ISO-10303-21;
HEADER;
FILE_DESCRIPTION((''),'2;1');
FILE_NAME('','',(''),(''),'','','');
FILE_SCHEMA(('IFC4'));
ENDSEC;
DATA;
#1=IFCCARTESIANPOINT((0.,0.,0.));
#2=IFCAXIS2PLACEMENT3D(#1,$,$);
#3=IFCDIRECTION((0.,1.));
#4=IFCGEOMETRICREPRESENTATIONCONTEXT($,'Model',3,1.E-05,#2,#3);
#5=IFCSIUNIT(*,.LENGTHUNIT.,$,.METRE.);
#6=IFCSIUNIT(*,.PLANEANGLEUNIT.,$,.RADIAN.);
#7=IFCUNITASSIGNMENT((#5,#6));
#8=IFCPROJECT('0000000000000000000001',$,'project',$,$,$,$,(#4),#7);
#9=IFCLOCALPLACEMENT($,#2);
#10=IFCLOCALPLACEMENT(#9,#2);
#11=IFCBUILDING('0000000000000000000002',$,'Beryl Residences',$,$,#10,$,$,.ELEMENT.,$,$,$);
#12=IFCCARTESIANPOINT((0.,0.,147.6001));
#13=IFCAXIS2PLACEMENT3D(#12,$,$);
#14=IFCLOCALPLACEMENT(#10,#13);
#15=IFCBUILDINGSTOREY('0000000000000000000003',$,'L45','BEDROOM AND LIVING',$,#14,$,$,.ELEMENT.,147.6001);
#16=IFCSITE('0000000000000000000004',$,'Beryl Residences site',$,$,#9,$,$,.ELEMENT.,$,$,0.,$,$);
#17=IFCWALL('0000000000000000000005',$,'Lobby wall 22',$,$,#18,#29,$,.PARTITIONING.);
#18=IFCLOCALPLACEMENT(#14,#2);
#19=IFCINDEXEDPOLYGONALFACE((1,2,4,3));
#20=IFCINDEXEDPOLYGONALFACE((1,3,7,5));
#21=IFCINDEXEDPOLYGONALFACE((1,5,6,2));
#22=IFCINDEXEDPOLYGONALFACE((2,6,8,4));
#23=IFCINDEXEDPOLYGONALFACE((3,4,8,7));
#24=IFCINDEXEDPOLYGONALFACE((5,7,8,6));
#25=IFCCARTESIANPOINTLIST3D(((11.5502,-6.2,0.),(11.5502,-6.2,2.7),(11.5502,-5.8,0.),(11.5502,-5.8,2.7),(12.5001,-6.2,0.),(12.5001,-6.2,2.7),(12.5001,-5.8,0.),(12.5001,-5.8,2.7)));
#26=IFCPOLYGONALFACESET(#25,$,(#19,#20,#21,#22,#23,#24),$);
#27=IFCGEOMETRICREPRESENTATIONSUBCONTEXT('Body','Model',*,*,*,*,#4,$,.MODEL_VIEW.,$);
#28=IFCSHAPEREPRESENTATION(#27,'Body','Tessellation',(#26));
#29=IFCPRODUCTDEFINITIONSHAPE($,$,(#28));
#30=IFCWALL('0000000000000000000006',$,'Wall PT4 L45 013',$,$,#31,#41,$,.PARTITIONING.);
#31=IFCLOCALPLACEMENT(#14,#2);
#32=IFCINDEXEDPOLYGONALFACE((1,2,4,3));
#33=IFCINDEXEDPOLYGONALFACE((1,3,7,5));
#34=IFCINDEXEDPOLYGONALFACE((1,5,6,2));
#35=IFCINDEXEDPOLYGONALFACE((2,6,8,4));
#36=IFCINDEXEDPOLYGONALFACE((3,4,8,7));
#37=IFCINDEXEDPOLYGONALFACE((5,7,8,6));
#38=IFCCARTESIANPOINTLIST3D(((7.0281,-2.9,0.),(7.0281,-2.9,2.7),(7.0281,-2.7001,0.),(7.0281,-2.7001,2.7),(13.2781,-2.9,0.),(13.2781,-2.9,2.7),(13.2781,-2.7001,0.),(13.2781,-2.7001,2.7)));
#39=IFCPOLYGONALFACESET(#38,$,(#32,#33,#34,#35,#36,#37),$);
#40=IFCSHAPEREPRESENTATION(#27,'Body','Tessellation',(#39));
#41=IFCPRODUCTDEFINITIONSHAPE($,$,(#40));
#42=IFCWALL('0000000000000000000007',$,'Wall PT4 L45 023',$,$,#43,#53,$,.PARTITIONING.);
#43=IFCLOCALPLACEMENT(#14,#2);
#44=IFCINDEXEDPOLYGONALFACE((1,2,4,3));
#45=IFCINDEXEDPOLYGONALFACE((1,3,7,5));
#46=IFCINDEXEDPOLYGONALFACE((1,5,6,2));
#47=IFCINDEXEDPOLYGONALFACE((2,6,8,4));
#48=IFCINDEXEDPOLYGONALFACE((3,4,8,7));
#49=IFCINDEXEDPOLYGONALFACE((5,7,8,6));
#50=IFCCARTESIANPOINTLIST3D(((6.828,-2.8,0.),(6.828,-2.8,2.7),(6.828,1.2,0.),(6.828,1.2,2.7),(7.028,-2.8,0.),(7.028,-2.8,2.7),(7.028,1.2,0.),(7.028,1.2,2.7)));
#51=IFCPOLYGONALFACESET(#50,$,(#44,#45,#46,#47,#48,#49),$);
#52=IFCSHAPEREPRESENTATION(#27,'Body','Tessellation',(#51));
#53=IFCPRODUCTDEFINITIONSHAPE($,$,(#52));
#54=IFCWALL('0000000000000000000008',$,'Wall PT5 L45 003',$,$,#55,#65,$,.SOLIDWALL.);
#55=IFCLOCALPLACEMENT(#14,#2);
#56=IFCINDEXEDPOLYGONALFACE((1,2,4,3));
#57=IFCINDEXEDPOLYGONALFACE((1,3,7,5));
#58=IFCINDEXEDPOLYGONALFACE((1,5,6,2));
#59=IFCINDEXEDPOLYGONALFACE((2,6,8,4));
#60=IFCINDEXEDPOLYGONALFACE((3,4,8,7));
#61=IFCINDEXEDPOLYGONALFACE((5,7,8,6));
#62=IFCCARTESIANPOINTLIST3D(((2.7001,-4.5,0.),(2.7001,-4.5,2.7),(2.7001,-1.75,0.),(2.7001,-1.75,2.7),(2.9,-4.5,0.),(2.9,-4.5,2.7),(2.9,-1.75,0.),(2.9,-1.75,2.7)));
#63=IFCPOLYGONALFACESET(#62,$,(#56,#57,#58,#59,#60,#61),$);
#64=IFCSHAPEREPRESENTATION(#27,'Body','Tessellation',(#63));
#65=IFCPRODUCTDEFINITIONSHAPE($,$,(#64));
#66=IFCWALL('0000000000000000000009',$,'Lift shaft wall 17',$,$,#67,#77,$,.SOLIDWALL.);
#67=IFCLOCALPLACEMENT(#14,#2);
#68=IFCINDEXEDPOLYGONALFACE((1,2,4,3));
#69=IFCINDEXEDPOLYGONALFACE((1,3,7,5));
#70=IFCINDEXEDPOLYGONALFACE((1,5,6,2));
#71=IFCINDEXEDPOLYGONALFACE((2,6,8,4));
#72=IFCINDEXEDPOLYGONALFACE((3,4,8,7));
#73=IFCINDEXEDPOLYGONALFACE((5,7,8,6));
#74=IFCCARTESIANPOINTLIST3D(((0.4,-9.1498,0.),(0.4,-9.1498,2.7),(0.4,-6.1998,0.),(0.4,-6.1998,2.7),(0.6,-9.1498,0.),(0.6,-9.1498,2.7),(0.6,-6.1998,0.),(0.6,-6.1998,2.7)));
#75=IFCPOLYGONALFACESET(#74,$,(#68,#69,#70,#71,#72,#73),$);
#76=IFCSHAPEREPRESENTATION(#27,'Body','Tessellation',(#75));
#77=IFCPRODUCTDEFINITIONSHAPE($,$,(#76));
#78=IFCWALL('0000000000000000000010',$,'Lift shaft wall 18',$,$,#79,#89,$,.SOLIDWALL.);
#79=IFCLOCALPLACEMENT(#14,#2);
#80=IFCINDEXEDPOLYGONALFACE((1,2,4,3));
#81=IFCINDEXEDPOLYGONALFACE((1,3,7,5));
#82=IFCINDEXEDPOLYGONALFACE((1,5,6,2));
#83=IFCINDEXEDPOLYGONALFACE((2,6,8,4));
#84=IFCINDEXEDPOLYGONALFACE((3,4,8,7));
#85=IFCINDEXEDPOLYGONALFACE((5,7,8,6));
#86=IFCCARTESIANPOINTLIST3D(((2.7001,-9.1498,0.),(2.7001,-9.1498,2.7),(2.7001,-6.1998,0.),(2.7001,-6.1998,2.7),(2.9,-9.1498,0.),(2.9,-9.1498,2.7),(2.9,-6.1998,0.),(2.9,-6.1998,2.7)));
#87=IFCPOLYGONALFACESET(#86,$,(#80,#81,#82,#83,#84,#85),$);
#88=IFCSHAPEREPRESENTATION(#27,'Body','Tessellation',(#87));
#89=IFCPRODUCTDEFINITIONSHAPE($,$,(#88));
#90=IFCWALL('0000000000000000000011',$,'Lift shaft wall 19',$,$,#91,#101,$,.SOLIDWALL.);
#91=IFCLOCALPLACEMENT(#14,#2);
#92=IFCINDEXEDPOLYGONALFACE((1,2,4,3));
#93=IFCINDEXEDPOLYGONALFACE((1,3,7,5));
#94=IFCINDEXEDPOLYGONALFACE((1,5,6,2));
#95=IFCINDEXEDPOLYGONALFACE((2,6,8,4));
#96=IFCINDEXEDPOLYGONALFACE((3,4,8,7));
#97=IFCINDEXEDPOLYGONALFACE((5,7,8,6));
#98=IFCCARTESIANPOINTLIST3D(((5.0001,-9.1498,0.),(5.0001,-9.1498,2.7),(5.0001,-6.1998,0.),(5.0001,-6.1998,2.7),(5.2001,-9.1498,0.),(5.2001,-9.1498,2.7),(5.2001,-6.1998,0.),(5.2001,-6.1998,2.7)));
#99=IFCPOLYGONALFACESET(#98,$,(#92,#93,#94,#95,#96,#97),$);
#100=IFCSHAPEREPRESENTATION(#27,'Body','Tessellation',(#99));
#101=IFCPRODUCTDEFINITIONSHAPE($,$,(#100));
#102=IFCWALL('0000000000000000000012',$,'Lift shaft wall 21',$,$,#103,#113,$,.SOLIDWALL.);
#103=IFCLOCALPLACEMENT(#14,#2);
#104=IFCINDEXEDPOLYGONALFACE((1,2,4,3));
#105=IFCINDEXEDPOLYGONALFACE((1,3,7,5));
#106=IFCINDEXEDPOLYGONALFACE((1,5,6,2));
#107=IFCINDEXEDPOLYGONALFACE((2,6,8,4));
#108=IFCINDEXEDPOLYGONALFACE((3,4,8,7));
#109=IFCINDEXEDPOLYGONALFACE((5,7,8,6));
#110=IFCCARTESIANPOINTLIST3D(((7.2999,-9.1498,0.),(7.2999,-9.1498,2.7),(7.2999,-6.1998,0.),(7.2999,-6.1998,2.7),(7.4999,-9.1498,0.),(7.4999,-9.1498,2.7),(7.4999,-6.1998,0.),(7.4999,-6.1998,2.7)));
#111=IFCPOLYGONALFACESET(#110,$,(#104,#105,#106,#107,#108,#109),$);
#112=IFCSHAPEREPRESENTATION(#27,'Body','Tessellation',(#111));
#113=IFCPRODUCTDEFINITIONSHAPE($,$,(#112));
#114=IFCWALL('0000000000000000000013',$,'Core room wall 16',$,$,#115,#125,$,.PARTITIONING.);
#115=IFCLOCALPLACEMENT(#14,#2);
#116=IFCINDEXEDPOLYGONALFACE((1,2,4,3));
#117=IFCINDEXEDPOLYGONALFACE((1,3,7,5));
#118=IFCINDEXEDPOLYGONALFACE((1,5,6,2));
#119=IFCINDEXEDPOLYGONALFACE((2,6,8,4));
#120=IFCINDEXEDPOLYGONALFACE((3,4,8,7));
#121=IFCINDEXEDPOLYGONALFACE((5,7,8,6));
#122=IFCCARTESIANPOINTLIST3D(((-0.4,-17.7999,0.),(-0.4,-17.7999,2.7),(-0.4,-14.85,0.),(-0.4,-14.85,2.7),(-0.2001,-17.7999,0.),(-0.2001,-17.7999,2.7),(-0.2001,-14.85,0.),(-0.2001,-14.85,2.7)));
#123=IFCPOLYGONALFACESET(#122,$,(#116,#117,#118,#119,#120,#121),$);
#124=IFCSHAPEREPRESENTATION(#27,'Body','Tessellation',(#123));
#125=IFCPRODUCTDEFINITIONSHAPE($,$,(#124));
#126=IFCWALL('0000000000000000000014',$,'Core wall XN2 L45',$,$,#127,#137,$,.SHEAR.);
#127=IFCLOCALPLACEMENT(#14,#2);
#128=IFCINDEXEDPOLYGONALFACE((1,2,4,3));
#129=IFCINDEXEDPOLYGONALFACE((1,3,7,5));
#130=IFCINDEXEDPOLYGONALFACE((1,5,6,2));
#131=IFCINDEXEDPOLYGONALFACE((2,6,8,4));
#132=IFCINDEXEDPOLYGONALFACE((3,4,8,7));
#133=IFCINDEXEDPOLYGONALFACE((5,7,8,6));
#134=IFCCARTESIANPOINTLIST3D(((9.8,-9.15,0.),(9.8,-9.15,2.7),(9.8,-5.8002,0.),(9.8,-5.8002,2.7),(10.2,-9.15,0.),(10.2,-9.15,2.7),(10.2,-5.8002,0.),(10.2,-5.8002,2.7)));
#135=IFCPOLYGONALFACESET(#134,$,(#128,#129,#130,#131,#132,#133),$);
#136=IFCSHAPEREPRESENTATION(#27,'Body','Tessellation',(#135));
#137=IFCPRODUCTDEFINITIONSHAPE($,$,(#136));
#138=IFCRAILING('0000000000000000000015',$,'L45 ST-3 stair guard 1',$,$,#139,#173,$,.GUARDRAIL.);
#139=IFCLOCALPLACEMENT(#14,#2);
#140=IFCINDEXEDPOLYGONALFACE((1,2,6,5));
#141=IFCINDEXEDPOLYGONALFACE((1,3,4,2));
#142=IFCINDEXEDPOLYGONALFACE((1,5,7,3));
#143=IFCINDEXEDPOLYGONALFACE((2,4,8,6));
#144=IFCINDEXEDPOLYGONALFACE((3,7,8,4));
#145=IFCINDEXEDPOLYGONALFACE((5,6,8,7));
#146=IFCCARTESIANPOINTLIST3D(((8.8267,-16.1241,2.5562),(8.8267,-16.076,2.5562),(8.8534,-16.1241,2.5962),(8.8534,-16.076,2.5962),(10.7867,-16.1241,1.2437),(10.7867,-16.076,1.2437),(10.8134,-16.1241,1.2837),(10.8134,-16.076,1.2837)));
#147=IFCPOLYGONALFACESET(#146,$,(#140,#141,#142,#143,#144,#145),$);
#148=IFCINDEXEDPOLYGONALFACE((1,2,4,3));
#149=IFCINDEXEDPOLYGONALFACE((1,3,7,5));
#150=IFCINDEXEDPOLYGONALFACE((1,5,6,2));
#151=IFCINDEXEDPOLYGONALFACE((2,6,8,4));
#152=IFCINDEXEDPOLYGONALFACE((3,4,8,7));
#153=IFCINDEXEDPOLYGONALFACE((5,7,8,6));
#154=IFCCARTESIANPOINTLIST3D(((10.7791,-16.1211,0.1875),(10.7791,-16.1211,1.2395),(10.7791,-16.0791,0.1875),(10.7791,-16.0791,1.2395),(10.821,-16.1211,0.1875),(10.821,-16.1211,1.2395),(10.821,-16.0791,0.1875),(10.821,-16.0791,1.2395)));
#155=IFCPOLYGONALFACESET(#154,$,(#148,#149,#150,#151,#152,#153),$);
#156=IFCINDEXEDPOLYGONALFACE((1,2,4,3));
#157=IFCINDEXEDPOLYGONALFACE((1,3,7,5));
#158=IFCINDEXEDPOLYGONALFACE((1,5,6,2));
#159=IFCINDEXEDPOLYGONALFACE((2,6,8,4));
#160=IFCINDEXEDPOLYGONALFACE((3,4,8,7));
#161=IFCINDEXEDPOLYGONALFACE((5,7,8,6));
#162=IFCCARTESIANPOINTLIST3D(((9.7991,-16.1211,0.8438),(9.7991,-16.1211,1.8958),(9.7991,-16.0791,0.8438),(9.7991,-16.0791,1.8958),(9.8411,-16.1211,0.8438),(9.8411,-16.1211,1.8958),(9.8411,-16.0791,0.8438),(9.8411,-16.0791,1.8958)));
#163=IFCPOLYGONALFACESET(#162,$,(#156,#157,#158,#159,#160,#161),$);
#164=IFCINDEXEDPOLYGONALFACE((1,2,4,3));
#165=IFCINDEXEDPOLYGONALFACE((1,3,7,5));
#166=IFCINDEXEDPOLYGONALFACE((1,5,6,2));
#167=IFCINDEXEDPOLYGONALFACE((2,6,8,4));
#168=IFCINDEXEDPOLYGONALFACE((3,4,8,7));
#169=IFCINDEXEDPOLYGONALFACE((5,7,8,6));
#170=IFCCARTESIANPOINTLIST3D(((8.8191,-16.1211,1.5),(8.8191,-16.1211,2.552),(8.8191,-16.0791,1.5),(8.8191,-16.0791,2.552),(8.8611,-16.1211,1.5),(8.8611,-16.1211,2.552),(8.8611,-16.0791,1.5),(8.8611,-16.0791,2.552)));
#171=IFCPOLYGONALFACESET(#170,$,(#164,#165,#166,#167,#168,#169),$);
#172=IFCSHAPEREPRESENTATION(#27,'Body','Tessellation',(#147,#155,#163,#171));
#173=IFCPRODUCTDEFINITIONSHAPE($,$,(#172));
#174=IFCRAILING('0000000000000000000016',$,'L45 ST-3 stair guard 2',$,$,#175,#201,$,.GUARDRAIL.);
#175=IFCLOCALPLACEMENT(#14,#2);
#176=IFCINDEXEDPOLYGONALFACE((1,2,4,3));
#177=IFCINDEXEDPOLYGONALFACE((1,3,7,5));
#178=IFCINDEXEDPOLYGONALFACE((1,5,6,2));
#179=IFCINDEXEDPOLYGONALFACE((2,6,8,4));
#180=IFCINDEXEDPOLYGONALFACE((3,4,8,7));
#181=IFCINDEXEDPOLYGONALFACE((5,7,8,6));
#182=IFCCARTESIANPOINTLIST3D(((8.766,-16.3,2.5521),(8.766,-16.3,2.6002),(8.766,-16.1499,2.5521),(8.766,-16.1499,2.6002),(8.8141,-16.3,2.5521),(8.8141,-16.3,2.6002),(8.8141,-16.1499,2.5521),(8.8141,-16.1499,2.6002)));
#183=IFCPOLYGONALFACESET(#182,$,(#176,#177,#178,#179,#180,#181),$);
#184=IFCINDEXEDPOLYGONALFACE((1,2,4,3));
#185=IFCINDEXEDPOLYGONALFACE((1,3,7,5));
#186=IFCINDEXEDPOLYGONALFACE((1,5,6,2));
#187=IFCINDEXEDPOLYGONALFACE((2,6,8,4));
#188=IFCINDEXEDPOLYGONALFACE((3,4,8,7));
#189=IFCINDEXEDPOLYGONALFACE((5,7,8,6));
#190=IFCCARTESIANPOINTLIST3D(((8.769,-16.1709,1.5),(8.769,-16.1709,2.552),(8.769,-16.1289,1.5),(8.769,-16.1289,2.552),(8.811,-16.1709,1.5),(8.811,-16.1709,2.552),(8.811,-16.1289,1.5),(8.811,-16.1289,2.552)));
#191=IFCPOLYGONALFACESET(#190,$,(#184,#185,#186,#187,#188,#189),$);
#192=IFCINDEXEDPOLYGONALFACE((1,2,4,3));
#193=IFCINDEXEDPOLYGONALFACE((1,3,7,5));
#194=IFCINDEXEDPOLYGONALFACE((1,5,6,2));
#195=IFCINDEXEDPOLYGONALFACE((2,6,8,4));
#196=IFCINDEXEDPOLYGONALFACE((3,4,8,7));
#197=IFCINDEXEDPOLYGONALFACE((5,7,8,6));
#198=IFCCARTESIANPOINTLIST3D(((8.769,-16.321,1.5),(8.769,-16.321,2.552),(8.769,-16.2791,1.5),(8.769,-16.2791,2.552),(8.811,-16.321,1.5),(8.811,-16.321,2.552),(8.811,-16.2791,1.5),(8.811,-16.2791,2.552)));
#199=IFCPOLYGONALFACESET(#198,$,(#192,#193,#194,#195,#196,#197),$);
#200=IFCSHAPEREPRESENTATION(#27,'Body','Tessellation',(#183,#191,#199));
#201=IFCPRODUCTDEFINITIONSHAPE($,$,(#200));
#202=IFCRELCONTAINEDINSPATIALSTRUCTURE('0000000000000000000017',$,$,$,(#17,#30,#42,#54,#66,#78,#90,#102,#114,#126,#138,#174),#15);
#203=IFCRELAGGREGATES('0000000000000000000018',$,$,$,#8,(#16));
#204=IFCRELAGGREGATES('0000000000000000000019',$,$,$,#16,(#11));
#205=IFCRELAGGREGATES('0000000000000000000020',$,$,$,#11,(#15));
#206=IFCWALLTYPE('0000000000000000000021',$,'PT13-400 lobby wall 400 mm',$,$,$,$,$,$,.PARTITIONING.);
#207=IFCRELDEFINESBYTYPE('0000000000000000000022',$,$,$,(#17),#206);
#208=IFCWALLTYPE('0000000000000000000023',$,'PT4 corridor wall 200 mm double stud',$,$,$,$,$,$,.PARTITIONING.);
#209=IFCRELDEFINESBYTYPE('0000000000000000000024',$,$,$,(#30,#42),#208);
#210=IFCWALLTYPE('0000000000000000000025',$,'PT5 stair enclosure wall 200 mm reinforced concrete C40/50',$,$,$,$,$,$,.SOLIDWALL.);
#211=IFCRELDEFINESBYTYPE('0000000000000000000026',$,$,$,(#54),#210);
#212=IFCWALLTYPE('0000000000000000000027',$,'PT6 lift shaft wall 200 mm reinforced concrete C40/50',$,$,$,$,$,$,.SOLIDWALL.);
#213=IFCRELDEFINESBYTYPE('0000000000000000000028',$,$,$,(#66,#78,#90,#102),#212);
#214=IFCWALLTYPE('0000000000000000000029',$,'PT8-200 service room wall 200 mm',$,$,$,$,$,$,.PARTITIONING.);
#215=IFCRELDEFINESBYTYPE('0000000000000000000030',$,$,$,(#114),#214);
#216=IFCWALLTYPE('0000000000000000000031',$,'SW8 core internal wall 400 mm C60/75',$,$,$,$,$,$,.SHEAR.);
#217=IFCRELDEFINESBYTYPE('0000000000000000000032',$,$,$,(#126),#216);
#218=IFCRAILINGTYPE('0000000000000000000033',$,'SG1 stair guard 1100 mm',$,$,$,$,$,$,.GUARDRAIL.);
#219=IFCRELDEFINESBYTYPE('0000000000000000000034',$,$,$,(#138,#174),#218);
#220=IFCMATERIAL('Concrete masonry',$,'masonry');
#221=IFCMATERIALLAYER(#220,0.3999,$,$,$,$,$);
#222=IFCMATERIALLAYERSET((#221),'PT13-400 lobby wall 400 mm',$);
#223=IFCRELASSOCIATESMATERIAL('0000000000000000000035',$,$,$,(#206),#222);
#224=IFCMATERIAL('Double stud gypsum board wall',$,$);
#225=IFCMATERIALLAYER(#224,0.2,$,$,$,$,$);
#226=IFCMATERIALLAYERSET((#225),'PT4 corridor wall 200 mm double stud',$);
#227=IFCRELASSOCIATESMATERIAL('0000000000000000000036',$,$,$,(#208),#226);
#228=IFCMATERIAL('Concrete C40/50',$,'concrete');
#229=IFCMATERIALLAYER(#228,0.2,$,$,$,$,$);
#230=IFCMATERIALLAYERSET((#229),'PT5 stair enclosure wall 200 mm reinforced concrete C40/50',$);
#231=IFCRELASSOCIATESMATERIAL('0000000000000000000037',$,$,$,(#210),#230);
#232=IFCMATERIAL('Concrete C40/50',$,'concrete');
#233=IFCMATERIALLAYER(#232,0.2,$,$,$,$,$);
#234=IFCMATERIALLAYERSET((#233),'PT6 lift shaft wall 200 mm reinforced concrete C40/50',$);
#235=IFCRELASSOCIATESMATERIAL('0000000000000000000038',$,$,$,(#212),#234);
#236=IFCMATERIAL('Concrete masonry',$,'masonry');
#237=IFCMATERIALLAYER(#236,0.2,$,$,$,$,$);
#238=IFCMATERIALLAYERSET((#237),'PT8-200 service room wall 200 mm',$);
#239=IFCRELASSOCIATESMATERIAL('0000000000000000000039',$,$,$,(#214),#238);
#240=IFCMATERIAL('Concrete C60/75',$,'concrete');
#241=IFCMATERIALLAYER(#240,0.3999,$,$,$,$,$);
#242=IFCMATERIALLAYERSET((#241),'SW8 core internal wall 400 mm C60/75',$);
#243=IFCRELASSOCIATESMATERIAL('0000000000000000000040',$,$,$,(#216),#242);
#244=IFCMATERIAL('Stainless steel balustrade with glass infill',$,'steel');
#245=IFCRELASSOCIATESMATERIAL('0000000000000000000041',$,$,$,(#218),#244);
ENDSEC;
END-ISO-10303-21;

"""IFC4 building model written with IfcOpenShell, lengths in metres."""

from ifc_helpers import new_model, si_unit, direction, frame, frame_2d, origin, origin_2d, place, context, subcontext, project, spatial, rectangle, extrude, material, layer, layer_set, type_object, element, save


model = new_model("IFC4")

# Units and contexts
model_context = context("Model", 3, precision=1e-05, world=origin(), true_north=direction((0.0, 1.0)))
body_context = subcontext(model_context, "Body", "Model", "MODEL_VIEW")
ifc_project = project(units=[si_unit("LENGTHUNIT", "METRE"), si_unit("PLANEANGLEUNIT", "RADIAN")], contexts=[model_context])

# Site, building, storey
site_placement = place(None, origin())
site = spatial("IfcSite", under=ifc_project, at=site_placement, Name="Beryl Residences site", CompositionType="ELEMENT", RefElevation=0.0)
building_placement = place(site_placement, origin())
building = spatial("IfcBuilding", under=site, at=building_placement, Name="Beryl Residences", CompositionType="ELEMENT")
storey_placement = place(building_placement, frame((0.0, 0.0, 147.6001)))
storey = spatial("IfcBuildingStorey", under=building, at=storey_placement, Name="L45", Description="BEDROOM AND LIVING", CompositionType="ELEMENT", Elevation=147.6001)

# Walls
ifc_material_1 = material(Name="Concrete masonry", Category="masonry")
ifc_layer_1 = layer(ifc_material_1, 0.3999)
ifc_layer_set_1 = layer_set([ifc_layer_1], Name="PT13-400 lobby wall 400 mm")
wall_type_1 = type_object("IfcWallType", Name="PT13-400 lobby wall 400 mm", PredefinedType="PARTITIONING", material=ifc_layer_set_1)
wall_1_placement = place(storey_placement, frame((11.55, -6.0, 0.0), z_axis=(0.0, 0.0, 1.0), x_axis=(1.0, 0.0, 0.0)))
element("IfcWall", 1, at=wall_1_placement, inside=storey, type_object=wall_type_1, Name="Lobby wall 22", PredefinedType="PARTITIONING", context=body_context, shape_type="SweptSolid", body=[
    extrude(rectangle(XDim=0.95, YDim=0.3999, at=frame_2d((0.4751, 0.0))), origin(), (0.0, 0.0, 1.0), 2.7),
])
ifc_material_2 = material(Name="Double stud gypsum board wall")
ifc_layer_2 = layer(ifc_material_2, 0.2)
ifc_layer_set_2 = layer_set([ifc_layer_2], Name="PT4 corridor wall 200 mm double stud")
wall_type_2 = type_object("IfcWallType", Name="PT4 corridor wall 200 mm double stud", PredefinedType="PARTITIONING", material=ifc_layer_set_2)
wall_2_placement = place(storey_placement, frame((7.0281, -2.8, 0.0), z_axis=(0.0, 0.0, 1.0), x_axis=(1.0, 0.0, 0.0)))
element("IfcWall", 2, at=wall_2_placement, inside=storey, type_object=wall_type_2, Name="Wall PT4 L45 013", PredefinedType="PARTITIONING", context=body_context, shape_type="SweptSolid", body=[
    extrude(rectangle(XDim=6.25, YDim=0.2, at=frame_2d((3.125, 0.0))), origin(), (0.0, 0.0, 1.0), 2.7),
])
wall_3_placement = place(storey_placement, frame((6.928, -2.8, 0.0), z_axis=(0.0, 0.0, 1.0), x_axis=(0.0, 1.0, 0.0)))
element("IfcWall", 3, at=wall_3_placement, inside=storey, type_object=wall_type_2, Name="Wall PT4 L45 023", PredefinedType="PARTITIONING", context=body_context, shape_type="SweptSolid", body=[
    extrude(rectangle(XDim=4.0, YDim=0.2, at=frame_2d((2.0, 0.0))), origin(), (0.0, 0.0, 1.0), 2.7),
])
ifc_material_3 = material(Name="Concrete C40/50", Category="concrete")
ifc_layer_3 = layer(ifc_material_3, 0.2)
ifc_layer_set_3 = layer_set([ifc_layer_3], Name="PT5 stair enclosure wall 200 mm reinforced concrete C40/50")
wall_type_3 = type_object("IfcWallType", Name="PT5 stair enclosure wall 200 mm reinforced concrete C40/50", PredefinedType="SOLIDWALL", material=ifc_layer_set_3)
wall_4_placement = place(storey_placement, frame((2.8, -4.5, 0.0), z_axis=(0.0, 0.0, 1.0), x_axis=(0.0, 1.0, 0.0)))
element("IfcWall", 4, at=wall_4_placement, inside=storey, type_object=wall_type_3, Name="Wall PT5 L45 003", PredefinedType="SOLIDWALL", context=body_context, shape_type="SweptSolid", body=[
    extrude(rectangle(XDim=2.75, YDim=0.2, at=frame_2d((1.375, 0.0))), origin(), (0.0, 0.0, 1.0), 2.7),
])
ifc_material_4 = material(Name="Concrete C40/50", Category="concrete")
ifc_layer_4 = layer(ifc_material_4, 0.2)
ifc_layer_set_4 = layer_set([ifc_layer_4], Name="PT6 lift shaft wall 200 mm reinforced concrete C40/50")
wall_type_4 = type_object("IfcWallType", Name="PT6 lift shaft wall 200 mm reinforced concrete C40/50", PredefinedType="SOLIDWALL", material=ifc_layer_set_4)
for number, where, z_axis, x_axis, name in (
    (5, (0.5, -9.1499, 0.0), (0.0, 0.0, 1.0), (0.0, 1.0, 0.0), "Lift shaft wall 17"),
    (6, (2.8, -9.1499, 0.0), (0.0, 0.0, 1.0), (0.0, 1.0, 0.0), "Lift shaft wall 18"),
    (7, (5.1001, -9.1499, 0.0), (0.0, 0.0, 1.0), (0.0, 1.0, 0.0), "Lift shaft wall 19"),
    (8, (7.3999, -9.1499, 0.0), (0.0, 0.0, 1.0), (0.0, 1.0, 0.0), "Lift shaft wall 21"),
):
    element("IfcWall", number, at=place(storey_placement, frame(where, z_axis=z_axis, x_axis=x_axis)), inside=storey, type_object=wall_type_4, Name=name, PredefinedType="SOLIDWALL", context=body_context, shape_type="SweptSolid", body=[
        extrude(rectangle(XDim=2.95, YDim=0.2, at=frame_2d((1.4751, 0.0))), origin(), (0.0, 0.0, 1.0), 2.7),
    ])
ifc_material_5 = material(Name="Concrete masonry", Category="masonry")
ifc_layer_5 = layer(ifc_material_5, 0.2)
ifc_layer_set_5 = layer_set([ifc_layer_5], Name="PT8-200 service room wall 200 mm")
wall_type_5 = type_object("IfcWallType", Name="PT8-200 service room wall 200 mm", PredefinedType="PARTITIONING", material=ifc_layer_set_5)
wall_5_placement = place(storey_placement, frame((-0.3, -17.8, 0.0), z_axis=(0.0, 0.0, 1.0), x_axis=(0.0, 1.0, 0.0)))
element("IfcWall", 9, at=wall_5_placement, inside=storey, type_object=wall_type_5, Name="Core room wall 16", PredefinedType="PARTITIONING", context=body_context, shape_type="SweptSolid", body=[
    extrude(rectangle(XDim=2.95, YDim=0.2, at=frame_2d((1.4751, 0.0))), origin(), (0.0, 0.0, 1.0), 2.7),
])
ifc_material_6 = material(Name="Concrete C60/75", Category="concrete")
ifc_layer_6 = layer(ifc_material_6, 0.3999)
ifc_layer_set_6 = layer_set([ifc_layer_6], Name="SW8 core internal wall 400 mm C60/75")
wall_type_6 = type_object("IfcWallType", Name="SW8 core internal wall 400 mm C60/75", PredefinedType="SHEAR", material=ifc_layer_set_6)
wall_6_placement = place(storey_placement, frame((10.0, -9.1499, 0.0), z_axis=(0.0, 0.0, 1.0), x_axis=(0.0, 1.0, 0.0)))
element("IfcWall", 10, at=wall_6_placement, inside=storey, type_object=wall_type_6, Name="Core wall XN2 L45", PredefinedType="SHEAR", context=body_context, shape_type="SweptSolid", body=[
    extrude(rectangle(XDim=3.3499, YDim=0.3999, at=frame_2d((1.6748, 0.0))), origin(), (0.0, 0.0, 1.0), 2.7),
])

# Railings
ifc_material_7 = material(Name="Stainless steel balustrade with glass infill", Category="steel")
railing_type_1 = type_object("IfcRailingType", Name="SG1 stair guard 1100 mm", PredefinedType="GUARDRAIL", material=ifc_material_7)
railing_1_placement = place(storey_placement, frame((10.8, -16.1001, 0.1875)))
element("IfcRailing", 11, at=railing_1_placement, inside=storey, type_object=railing_type_1, Name="L45 ST-3 stair guard 1", PredefinedType="GUARDRAIL", context=body_context, shape_type="SweptSolid", body=[
    extrude(rectangle(XDim=0.0481, YDim=0.0481, at=origin_2d()), frame((0.0, 0.0, 1.0762), z_axis=(-0.830902, 0.0, 0.556419), x_axis=(0.0, -1.0, 0.0)), (0.0, 0.0, 1.0), 2.3589),
    extrude(rectangle(XDim=0.042, YDim=0.042, at=origin_2d()), origin(), (0.0, 0.0, 1.0), 1.052),
    extrude(rectangle(XDim=0.042, YDim=0.042, at=origin_2d()), frame((-0.98, 0.0, 0.6562)), (0.0, 0.0, 1.0), 1.052),
    extrude(rectangle(XDim=0.042, YDim=0.042, at=origin_2d()), frame((-1.96, 0.0, 1.3125)), (0.0, 0.0, 1.0), 1.052),
])
railing_2_placement = place(storey_placement, frame((8.79, -16.1499, 1.5)))
element("IfcRailing", 12, at=railing_2_placement, inside=storey, type_object=railing_type_1, Name="L45 ST-3 stair guard 2", PredefinedType="GUARDRAIL", context=body_context, shape_type="SweptSolid", body=[
    extrude(rectangle(XDim=0.0481, YDim=0.0481, at=origin_2d()), frame((0.0, 0.0, 1.0762), z_axis=(0.0, -1.0, 0.0), x_axis=(1.0, 0.0, 0.0)), (0.0, 0.0, 1.0), 0.1501),
    extrude(rectangle(XDim=0.042, YDim=0.042, at=origin_2d()), origin(), (0.0, 0.0, 1.0), 1.052),
    extrude(rectangle(XDim=0.042, YDim=0.042, at=origin_2d()), frame((0.0, -0.1501, 0.0)), (0.0, 0.0, 1.0), 1.052),
])

save(model, "model.ifc")
